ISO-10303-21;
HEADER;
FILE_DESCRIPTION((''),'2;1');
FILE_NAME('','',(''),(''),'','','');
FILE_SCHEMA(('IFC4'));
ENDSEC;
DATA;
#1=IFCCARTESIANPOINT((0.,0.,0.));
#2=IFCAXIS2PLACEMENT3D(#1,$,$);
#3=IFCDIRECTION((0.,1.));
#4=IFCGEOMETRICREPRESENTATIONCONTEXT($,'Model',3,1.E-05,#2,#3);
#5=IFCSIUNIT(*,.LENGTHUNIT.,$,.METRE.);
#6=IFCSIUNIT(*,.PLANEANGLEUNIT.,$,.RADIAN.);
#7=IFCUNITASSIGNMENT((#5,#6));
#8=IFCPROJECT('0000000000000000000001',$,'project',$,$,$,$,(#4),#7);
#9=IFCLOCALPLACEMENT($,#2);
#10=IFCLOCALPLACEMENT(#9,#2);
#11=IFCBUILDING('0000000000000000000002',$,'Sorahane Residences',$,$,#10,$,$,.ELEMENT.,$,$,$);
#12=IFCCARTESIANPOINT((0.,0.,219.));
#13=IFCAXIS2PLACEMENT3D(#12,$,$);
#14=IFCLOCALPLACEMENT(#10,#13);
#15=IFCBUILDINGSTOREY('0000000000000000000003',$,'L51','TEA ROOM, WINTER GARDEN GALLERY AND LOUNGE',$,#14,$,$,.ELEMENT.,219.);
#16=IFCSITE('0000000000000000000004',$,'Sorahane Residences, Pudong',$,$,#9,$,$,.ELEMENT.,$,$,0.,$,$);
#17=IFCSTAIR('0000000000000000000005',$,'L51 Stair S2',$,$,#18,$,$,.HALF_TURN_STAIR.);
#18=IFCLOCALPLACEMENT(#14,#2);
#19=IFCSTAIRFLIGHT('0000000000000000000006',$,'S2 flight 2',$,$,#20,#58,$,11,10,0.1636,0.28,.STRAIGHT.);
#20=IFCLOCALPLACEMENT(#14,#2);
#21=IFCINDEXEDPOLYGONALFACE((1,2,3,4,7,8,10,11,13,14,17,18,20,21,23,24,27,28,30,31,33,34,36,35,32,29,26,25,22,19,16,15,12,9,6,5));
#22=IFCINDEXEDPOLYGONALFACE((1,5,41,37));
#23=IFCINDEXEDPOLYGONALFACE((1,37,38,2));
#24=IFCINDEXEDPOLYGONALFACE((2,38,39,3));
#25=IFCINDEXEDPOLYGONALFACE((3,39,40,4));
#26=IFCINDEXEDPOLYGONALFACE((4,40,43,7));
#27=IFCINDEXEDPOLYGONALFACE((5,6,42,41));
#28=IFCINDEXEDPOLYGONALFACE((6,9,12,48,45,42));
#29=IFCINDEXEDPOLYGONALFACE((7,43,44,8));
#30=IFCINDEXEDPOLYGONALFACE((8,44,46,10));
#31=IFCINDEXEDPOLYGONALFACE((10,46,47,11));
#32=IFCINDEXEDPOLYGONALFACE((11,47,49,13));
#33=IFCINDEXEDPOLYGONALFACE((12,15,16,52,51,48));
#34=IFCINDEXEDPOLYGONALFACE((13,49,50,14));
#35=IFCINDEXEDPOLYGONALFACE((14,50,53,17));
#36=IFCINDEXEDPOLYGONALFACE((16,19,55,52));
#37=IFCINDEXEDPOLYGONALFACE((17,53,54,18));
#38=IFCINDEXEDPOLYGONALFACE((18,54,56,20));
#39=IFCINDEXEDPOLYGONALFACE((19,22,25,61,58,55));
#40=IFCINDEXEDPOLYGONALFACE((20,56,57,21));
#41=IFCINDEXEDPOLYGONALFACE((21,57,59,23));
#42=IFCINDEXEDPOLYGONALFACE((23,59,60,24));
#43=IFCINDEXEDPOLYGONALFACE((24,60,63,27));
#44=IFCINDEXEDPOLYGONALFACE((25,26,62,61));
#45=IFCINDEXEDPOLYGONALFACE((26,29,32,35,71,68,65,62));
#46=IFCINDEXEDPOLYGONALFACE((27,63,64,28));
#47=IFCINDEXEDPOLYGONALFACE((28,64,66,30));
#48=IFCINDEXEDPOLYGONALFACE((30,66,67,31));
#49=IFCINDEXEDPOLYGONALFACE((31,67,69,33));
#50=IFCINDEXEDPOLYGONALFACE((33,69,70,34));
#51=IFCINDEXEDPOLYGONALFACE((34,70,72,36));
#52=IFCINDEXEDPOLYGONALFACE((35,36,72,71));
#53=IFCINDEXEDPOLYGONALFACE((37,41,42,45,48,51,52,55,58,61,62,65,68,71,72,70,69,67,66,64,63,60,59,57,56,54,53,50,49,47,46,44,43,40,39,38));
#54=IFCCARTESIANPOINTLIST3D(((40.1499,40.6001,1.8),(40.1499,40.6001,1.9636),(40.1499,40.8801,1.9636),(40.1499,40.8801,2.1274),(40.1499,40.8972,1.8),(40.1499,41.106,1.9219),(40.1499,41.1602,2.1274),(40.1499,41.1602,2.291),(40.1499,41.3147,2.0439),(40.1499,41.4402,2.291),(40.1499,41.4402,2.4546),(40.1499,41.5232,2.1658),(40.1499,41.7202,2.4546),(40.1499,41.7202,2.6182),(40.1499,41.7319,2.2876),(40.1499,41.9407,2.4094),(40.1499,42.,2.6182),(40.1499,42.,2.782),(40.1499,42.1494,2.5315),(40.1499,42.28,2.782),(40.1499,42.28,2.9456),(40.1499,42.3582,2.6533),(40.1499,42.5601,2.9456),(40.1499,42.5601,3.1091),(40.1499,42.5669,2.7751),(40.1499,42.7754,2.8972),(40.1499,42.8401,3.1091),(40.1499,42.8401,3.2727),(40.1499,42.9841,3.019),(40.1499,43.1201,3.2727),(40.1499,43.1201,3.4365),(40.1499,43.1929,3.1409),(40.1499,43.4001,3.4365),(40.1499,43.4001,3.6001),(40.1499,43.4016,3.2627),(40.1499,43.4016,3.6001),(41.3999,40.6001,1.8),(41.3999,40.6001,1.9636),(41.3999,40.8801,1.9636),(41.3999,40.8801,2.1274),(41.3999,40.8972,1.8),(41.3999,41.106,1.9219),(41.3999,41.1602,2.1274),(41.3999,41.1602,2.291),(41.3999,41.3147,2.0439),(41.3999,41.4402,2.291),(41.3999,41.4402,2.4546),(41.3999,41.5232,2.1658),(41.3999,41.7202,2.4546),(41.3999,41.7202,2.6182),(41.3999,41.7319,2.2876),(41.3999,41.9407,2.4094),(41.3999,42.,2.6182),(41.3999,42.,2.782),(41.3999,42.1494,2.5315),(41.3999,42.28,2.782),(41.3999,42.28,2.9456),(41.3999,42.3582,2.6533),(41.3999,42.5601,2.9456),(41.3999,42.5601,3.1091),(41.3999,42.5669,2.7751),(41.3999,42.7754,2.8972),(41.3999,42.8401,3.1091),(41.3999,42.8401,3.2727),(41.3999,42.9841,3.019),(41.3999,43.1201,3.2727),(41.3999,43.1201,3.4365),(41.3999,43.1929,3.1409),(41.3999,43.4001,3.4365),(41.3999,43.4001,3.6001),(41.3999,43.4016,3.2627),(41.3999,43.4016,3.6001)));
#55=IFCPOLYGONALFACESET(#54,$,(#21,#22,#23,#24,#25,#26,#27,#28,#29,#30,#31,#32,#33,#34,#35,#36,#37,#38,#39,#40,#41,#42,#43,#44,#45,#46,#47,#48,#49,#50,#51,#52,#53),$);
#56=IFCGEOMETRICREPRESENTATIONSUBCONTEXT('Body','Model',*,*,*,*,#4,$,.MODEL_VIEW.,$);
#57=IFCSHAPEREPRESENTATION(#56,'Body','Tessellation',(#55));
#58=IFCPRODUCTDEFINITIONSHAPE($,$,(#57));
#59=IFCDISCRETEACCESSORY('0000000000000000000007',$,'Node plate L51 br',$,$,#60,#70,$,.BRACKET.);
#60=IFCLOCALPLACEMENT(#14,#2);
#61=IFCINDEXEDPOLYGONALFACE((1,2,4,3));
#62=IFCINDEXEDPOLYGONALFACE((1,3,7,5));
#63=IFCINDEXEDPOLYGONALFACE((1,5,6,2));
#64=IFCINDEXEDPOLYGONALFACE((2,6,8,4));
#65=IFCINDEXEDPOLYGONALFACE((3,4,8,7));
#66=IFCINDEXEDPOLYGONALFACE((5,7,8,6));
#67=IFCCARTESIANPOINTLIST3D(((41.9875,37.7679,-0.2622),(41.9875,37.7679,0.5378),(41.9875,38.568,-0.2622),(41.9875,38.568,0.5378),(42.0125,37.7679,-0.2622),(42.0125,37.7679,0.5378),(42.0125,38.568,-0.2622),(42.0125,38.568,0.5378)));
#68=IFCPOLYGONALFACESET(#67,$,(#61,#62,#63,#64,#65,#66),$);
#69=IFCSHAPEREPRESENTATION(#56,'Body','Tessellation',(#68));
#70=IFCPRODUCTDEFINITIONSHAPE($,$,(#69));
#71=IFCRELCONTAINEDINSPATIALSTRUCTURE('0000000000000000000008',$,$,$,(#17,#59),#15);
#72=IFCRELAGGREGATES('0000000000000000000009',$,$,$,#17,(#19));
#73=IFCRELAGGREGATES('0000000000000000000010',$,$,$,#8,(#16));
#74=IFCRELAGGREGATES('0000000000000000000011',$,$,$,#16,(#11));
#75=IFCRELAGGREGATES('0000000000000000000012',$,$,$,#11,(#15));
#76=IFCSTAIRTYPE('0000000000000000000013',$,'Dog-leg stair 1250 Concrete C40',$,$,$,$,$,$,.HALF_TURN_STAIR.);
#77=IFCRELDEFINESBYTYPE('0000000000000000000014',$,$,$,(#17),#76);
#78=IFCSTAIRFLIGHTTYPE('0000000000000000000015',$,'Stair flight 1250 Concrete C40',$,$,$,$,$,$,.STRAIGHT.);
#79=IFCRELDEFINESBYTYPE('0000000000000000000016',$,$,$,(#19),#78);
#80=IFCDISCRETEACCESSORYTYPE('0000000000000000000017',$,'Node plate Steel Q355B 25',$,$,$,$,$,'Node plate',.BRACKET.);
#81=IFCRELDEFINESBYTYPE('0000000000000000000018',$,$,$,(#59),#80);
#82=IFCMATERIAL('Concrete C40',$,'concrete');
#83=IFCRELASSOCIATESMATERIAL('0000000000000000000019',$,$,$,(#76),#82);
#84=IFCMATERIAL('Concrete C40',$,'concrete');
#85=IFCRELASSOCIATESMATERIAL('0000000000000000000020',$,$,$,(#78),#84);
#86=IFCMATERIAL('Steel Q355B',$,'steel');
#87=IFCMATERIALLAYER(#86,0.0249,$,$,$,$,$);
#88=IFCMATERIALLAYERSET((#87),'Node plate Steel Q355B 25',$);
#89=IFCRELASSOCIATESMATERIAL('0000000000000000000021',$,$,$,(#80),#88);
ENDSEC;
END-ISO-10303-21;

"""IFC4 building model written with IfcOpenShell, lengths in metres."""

from ifc_helpers import new_model, si_unit, direction, frame, origin, origin_2d, place, context, subcontext, project, spatial, polyline, rectangle, outline, extrude, material, layer, layer_set, type_object, element, aggregate, save


model = new_model("IFC4")

# Units and contexts
model_context = context("Model", 3, precision=1e-05, world=origin(), true_north=direction((0.0, 1.0)))
body_context = subcontext(model_context, "Body", "Model", "MODEL_VIEW")
ifc_project = project(units=[si_unit("LENGTHUNIT", "METRE"), si_unit("PLANEANGLEUNIT", "RADIAN")], contexts=[model_context])

# Site, building, storey
site_placement = place(None, origin())
site = spatial("IfcSite", under=ifc_project, at=site_placement, Name="Sorahane Residences, Pudong", CompositionType="ELEMENT", RefElevation=0.0)
building_placement = place(site_placement, origin())
building = spatial("IfcBuilding", under=site, at=building_placement, Name="Sorahane Residences", CompositionType="ELEMENT")
storey_placement = place(building_placement, frame((0.0, 0.0, 219.0)))
storey = spatial("IfcBuildingStorey", under=building, at=storey_placement, Name="L51", Description="TEA ROOM, WINTER GARDEN GALLERY AND LOUNGE", CompositionType="ELEMENT", Elevation=219.0)

# Stair, stair flight
ifc_material_1 = material(Name="Concrete C40", Category="concrete")
stair_type = type_object("IfcStairType", Name="Dog-leg stair 1250 Concrete C40", PredefinedType="HALF_TURN_STAIR", material=ifc_material_1)
stair_placement = place(storey_placement, origin())
stair = element("IfcStair", 1, at=stair_placement, inside=storey, type_object=stair_type, Name="L51 Stair S2", PredefinedType="HALF_TURN_STAIR")
ifc_material_2 = material(Name="Concrete C40", Category="concrete")
stair_flight_type = type_object("IfcStairFlightType", Name="Stair flight 1250 Concrete C40", PredefinedType="STRAIGHT", material=ifc_material_2)
stair_flight_placement = place(storey_placement, frame((40.7749, 40.6001, 1.8), z_axis=(0.0, 0.0, 1.0), x_axis=(0.0, 1.0, 0.0)))
stair_flight = element("IfcStairFlight", 2, at=stair_flight_placement, type_object=stair_flight_type, Name="S2 flight 2", NumberOfRisers=11, NumberOfTreads=10, PredefinedType="STRAIGHT", RiserHeight=0.1636, TreadLength=0.28, context=body_context, shape_type="SweptSolid", body=[
    extrude(outline(polyline([(0.0, 0.0), (0.0, 0.1636), (0.28, 0.1636), (0.28, 0.3274), (0.5601, 0.3274), (0.5601, 0.491), (0.8401, 0.491), (0.8401, 0.6545), (1.1201, 0.6545), (1.1201, 0.8181), (1.3999, 0.8181), (1.3999, 0.9819), (1.6799, 0.9819), (1.6799, 1.1455), (1.96, 1.1455), (1.96, 1.3091), (2.24, 1.3091), (2.24, 1.4727), (2.52, 1.4727), (2.52, 1.6365), (2.8, 1.6365), (2.8, 1.8), (2.8015, 1.8), (2.8015, 1.4626), (2.5928, 1.3408), (2.384, 1.219), (2.1753, 1.0972), (1.9668, 0.9751), (1.7581, 0.8533), (1.5493, 0.7314), (1.3406, 0.6094), (1.1318, 0.4875), (0.9231, 0.3657), (0.7146, 0.2439), (0.5059, 0.1218), (0.2971, 0.0), (0.0, 0.0)])), frame((0.0, 0.625, 0.0), z_axis=(0.0, -1.0, 0.0), x_axis=(1.0, 0.0, 0.0)), (0.0, 0.0, 1.0), 1.25),
])
aggregate(stair, [stair_flight])

# Discrete accessory
ifc_material_3 = material(Name="Steel Q355B", Category="steel")
ifc_layer_1 = layer(ifc_material_3, 0.0249)
ifc_layer_set_1 = layer_set([ifc_layer_1], Name="Node plate Steel Q355B 25")
discrete_accessory_type = type_object("IfcDiscreteAccessoryType", Name="Node plate Steel Q355B 25", ElementType="Node plate", PredefinedType="BRACKET", material=ifc_layer_set_1)
discrete_accessory_placement = place(storey_placement, frame((42.0, 38.168, -0.2622), z_axis=(0.0, 0.0, 1.0), x_axis=(0.0, 1.0, 0.0)))
element("IfcDiscreteAccessory", 3, at=discrete_accessory_placement, inside=storey, type_object=discrete_accessory_type, Name="Node plate L51 br", PredefinedType="BRACKET", context=body_context, shape_type="SweptSolid", body=[
    extrude(rectangle(XDim=0.8, YDim=0.0249, at=origin_2d()), origin(), (0.0, 0.0, 1.0), 0.8),
])

save(model, "model.ifc")
